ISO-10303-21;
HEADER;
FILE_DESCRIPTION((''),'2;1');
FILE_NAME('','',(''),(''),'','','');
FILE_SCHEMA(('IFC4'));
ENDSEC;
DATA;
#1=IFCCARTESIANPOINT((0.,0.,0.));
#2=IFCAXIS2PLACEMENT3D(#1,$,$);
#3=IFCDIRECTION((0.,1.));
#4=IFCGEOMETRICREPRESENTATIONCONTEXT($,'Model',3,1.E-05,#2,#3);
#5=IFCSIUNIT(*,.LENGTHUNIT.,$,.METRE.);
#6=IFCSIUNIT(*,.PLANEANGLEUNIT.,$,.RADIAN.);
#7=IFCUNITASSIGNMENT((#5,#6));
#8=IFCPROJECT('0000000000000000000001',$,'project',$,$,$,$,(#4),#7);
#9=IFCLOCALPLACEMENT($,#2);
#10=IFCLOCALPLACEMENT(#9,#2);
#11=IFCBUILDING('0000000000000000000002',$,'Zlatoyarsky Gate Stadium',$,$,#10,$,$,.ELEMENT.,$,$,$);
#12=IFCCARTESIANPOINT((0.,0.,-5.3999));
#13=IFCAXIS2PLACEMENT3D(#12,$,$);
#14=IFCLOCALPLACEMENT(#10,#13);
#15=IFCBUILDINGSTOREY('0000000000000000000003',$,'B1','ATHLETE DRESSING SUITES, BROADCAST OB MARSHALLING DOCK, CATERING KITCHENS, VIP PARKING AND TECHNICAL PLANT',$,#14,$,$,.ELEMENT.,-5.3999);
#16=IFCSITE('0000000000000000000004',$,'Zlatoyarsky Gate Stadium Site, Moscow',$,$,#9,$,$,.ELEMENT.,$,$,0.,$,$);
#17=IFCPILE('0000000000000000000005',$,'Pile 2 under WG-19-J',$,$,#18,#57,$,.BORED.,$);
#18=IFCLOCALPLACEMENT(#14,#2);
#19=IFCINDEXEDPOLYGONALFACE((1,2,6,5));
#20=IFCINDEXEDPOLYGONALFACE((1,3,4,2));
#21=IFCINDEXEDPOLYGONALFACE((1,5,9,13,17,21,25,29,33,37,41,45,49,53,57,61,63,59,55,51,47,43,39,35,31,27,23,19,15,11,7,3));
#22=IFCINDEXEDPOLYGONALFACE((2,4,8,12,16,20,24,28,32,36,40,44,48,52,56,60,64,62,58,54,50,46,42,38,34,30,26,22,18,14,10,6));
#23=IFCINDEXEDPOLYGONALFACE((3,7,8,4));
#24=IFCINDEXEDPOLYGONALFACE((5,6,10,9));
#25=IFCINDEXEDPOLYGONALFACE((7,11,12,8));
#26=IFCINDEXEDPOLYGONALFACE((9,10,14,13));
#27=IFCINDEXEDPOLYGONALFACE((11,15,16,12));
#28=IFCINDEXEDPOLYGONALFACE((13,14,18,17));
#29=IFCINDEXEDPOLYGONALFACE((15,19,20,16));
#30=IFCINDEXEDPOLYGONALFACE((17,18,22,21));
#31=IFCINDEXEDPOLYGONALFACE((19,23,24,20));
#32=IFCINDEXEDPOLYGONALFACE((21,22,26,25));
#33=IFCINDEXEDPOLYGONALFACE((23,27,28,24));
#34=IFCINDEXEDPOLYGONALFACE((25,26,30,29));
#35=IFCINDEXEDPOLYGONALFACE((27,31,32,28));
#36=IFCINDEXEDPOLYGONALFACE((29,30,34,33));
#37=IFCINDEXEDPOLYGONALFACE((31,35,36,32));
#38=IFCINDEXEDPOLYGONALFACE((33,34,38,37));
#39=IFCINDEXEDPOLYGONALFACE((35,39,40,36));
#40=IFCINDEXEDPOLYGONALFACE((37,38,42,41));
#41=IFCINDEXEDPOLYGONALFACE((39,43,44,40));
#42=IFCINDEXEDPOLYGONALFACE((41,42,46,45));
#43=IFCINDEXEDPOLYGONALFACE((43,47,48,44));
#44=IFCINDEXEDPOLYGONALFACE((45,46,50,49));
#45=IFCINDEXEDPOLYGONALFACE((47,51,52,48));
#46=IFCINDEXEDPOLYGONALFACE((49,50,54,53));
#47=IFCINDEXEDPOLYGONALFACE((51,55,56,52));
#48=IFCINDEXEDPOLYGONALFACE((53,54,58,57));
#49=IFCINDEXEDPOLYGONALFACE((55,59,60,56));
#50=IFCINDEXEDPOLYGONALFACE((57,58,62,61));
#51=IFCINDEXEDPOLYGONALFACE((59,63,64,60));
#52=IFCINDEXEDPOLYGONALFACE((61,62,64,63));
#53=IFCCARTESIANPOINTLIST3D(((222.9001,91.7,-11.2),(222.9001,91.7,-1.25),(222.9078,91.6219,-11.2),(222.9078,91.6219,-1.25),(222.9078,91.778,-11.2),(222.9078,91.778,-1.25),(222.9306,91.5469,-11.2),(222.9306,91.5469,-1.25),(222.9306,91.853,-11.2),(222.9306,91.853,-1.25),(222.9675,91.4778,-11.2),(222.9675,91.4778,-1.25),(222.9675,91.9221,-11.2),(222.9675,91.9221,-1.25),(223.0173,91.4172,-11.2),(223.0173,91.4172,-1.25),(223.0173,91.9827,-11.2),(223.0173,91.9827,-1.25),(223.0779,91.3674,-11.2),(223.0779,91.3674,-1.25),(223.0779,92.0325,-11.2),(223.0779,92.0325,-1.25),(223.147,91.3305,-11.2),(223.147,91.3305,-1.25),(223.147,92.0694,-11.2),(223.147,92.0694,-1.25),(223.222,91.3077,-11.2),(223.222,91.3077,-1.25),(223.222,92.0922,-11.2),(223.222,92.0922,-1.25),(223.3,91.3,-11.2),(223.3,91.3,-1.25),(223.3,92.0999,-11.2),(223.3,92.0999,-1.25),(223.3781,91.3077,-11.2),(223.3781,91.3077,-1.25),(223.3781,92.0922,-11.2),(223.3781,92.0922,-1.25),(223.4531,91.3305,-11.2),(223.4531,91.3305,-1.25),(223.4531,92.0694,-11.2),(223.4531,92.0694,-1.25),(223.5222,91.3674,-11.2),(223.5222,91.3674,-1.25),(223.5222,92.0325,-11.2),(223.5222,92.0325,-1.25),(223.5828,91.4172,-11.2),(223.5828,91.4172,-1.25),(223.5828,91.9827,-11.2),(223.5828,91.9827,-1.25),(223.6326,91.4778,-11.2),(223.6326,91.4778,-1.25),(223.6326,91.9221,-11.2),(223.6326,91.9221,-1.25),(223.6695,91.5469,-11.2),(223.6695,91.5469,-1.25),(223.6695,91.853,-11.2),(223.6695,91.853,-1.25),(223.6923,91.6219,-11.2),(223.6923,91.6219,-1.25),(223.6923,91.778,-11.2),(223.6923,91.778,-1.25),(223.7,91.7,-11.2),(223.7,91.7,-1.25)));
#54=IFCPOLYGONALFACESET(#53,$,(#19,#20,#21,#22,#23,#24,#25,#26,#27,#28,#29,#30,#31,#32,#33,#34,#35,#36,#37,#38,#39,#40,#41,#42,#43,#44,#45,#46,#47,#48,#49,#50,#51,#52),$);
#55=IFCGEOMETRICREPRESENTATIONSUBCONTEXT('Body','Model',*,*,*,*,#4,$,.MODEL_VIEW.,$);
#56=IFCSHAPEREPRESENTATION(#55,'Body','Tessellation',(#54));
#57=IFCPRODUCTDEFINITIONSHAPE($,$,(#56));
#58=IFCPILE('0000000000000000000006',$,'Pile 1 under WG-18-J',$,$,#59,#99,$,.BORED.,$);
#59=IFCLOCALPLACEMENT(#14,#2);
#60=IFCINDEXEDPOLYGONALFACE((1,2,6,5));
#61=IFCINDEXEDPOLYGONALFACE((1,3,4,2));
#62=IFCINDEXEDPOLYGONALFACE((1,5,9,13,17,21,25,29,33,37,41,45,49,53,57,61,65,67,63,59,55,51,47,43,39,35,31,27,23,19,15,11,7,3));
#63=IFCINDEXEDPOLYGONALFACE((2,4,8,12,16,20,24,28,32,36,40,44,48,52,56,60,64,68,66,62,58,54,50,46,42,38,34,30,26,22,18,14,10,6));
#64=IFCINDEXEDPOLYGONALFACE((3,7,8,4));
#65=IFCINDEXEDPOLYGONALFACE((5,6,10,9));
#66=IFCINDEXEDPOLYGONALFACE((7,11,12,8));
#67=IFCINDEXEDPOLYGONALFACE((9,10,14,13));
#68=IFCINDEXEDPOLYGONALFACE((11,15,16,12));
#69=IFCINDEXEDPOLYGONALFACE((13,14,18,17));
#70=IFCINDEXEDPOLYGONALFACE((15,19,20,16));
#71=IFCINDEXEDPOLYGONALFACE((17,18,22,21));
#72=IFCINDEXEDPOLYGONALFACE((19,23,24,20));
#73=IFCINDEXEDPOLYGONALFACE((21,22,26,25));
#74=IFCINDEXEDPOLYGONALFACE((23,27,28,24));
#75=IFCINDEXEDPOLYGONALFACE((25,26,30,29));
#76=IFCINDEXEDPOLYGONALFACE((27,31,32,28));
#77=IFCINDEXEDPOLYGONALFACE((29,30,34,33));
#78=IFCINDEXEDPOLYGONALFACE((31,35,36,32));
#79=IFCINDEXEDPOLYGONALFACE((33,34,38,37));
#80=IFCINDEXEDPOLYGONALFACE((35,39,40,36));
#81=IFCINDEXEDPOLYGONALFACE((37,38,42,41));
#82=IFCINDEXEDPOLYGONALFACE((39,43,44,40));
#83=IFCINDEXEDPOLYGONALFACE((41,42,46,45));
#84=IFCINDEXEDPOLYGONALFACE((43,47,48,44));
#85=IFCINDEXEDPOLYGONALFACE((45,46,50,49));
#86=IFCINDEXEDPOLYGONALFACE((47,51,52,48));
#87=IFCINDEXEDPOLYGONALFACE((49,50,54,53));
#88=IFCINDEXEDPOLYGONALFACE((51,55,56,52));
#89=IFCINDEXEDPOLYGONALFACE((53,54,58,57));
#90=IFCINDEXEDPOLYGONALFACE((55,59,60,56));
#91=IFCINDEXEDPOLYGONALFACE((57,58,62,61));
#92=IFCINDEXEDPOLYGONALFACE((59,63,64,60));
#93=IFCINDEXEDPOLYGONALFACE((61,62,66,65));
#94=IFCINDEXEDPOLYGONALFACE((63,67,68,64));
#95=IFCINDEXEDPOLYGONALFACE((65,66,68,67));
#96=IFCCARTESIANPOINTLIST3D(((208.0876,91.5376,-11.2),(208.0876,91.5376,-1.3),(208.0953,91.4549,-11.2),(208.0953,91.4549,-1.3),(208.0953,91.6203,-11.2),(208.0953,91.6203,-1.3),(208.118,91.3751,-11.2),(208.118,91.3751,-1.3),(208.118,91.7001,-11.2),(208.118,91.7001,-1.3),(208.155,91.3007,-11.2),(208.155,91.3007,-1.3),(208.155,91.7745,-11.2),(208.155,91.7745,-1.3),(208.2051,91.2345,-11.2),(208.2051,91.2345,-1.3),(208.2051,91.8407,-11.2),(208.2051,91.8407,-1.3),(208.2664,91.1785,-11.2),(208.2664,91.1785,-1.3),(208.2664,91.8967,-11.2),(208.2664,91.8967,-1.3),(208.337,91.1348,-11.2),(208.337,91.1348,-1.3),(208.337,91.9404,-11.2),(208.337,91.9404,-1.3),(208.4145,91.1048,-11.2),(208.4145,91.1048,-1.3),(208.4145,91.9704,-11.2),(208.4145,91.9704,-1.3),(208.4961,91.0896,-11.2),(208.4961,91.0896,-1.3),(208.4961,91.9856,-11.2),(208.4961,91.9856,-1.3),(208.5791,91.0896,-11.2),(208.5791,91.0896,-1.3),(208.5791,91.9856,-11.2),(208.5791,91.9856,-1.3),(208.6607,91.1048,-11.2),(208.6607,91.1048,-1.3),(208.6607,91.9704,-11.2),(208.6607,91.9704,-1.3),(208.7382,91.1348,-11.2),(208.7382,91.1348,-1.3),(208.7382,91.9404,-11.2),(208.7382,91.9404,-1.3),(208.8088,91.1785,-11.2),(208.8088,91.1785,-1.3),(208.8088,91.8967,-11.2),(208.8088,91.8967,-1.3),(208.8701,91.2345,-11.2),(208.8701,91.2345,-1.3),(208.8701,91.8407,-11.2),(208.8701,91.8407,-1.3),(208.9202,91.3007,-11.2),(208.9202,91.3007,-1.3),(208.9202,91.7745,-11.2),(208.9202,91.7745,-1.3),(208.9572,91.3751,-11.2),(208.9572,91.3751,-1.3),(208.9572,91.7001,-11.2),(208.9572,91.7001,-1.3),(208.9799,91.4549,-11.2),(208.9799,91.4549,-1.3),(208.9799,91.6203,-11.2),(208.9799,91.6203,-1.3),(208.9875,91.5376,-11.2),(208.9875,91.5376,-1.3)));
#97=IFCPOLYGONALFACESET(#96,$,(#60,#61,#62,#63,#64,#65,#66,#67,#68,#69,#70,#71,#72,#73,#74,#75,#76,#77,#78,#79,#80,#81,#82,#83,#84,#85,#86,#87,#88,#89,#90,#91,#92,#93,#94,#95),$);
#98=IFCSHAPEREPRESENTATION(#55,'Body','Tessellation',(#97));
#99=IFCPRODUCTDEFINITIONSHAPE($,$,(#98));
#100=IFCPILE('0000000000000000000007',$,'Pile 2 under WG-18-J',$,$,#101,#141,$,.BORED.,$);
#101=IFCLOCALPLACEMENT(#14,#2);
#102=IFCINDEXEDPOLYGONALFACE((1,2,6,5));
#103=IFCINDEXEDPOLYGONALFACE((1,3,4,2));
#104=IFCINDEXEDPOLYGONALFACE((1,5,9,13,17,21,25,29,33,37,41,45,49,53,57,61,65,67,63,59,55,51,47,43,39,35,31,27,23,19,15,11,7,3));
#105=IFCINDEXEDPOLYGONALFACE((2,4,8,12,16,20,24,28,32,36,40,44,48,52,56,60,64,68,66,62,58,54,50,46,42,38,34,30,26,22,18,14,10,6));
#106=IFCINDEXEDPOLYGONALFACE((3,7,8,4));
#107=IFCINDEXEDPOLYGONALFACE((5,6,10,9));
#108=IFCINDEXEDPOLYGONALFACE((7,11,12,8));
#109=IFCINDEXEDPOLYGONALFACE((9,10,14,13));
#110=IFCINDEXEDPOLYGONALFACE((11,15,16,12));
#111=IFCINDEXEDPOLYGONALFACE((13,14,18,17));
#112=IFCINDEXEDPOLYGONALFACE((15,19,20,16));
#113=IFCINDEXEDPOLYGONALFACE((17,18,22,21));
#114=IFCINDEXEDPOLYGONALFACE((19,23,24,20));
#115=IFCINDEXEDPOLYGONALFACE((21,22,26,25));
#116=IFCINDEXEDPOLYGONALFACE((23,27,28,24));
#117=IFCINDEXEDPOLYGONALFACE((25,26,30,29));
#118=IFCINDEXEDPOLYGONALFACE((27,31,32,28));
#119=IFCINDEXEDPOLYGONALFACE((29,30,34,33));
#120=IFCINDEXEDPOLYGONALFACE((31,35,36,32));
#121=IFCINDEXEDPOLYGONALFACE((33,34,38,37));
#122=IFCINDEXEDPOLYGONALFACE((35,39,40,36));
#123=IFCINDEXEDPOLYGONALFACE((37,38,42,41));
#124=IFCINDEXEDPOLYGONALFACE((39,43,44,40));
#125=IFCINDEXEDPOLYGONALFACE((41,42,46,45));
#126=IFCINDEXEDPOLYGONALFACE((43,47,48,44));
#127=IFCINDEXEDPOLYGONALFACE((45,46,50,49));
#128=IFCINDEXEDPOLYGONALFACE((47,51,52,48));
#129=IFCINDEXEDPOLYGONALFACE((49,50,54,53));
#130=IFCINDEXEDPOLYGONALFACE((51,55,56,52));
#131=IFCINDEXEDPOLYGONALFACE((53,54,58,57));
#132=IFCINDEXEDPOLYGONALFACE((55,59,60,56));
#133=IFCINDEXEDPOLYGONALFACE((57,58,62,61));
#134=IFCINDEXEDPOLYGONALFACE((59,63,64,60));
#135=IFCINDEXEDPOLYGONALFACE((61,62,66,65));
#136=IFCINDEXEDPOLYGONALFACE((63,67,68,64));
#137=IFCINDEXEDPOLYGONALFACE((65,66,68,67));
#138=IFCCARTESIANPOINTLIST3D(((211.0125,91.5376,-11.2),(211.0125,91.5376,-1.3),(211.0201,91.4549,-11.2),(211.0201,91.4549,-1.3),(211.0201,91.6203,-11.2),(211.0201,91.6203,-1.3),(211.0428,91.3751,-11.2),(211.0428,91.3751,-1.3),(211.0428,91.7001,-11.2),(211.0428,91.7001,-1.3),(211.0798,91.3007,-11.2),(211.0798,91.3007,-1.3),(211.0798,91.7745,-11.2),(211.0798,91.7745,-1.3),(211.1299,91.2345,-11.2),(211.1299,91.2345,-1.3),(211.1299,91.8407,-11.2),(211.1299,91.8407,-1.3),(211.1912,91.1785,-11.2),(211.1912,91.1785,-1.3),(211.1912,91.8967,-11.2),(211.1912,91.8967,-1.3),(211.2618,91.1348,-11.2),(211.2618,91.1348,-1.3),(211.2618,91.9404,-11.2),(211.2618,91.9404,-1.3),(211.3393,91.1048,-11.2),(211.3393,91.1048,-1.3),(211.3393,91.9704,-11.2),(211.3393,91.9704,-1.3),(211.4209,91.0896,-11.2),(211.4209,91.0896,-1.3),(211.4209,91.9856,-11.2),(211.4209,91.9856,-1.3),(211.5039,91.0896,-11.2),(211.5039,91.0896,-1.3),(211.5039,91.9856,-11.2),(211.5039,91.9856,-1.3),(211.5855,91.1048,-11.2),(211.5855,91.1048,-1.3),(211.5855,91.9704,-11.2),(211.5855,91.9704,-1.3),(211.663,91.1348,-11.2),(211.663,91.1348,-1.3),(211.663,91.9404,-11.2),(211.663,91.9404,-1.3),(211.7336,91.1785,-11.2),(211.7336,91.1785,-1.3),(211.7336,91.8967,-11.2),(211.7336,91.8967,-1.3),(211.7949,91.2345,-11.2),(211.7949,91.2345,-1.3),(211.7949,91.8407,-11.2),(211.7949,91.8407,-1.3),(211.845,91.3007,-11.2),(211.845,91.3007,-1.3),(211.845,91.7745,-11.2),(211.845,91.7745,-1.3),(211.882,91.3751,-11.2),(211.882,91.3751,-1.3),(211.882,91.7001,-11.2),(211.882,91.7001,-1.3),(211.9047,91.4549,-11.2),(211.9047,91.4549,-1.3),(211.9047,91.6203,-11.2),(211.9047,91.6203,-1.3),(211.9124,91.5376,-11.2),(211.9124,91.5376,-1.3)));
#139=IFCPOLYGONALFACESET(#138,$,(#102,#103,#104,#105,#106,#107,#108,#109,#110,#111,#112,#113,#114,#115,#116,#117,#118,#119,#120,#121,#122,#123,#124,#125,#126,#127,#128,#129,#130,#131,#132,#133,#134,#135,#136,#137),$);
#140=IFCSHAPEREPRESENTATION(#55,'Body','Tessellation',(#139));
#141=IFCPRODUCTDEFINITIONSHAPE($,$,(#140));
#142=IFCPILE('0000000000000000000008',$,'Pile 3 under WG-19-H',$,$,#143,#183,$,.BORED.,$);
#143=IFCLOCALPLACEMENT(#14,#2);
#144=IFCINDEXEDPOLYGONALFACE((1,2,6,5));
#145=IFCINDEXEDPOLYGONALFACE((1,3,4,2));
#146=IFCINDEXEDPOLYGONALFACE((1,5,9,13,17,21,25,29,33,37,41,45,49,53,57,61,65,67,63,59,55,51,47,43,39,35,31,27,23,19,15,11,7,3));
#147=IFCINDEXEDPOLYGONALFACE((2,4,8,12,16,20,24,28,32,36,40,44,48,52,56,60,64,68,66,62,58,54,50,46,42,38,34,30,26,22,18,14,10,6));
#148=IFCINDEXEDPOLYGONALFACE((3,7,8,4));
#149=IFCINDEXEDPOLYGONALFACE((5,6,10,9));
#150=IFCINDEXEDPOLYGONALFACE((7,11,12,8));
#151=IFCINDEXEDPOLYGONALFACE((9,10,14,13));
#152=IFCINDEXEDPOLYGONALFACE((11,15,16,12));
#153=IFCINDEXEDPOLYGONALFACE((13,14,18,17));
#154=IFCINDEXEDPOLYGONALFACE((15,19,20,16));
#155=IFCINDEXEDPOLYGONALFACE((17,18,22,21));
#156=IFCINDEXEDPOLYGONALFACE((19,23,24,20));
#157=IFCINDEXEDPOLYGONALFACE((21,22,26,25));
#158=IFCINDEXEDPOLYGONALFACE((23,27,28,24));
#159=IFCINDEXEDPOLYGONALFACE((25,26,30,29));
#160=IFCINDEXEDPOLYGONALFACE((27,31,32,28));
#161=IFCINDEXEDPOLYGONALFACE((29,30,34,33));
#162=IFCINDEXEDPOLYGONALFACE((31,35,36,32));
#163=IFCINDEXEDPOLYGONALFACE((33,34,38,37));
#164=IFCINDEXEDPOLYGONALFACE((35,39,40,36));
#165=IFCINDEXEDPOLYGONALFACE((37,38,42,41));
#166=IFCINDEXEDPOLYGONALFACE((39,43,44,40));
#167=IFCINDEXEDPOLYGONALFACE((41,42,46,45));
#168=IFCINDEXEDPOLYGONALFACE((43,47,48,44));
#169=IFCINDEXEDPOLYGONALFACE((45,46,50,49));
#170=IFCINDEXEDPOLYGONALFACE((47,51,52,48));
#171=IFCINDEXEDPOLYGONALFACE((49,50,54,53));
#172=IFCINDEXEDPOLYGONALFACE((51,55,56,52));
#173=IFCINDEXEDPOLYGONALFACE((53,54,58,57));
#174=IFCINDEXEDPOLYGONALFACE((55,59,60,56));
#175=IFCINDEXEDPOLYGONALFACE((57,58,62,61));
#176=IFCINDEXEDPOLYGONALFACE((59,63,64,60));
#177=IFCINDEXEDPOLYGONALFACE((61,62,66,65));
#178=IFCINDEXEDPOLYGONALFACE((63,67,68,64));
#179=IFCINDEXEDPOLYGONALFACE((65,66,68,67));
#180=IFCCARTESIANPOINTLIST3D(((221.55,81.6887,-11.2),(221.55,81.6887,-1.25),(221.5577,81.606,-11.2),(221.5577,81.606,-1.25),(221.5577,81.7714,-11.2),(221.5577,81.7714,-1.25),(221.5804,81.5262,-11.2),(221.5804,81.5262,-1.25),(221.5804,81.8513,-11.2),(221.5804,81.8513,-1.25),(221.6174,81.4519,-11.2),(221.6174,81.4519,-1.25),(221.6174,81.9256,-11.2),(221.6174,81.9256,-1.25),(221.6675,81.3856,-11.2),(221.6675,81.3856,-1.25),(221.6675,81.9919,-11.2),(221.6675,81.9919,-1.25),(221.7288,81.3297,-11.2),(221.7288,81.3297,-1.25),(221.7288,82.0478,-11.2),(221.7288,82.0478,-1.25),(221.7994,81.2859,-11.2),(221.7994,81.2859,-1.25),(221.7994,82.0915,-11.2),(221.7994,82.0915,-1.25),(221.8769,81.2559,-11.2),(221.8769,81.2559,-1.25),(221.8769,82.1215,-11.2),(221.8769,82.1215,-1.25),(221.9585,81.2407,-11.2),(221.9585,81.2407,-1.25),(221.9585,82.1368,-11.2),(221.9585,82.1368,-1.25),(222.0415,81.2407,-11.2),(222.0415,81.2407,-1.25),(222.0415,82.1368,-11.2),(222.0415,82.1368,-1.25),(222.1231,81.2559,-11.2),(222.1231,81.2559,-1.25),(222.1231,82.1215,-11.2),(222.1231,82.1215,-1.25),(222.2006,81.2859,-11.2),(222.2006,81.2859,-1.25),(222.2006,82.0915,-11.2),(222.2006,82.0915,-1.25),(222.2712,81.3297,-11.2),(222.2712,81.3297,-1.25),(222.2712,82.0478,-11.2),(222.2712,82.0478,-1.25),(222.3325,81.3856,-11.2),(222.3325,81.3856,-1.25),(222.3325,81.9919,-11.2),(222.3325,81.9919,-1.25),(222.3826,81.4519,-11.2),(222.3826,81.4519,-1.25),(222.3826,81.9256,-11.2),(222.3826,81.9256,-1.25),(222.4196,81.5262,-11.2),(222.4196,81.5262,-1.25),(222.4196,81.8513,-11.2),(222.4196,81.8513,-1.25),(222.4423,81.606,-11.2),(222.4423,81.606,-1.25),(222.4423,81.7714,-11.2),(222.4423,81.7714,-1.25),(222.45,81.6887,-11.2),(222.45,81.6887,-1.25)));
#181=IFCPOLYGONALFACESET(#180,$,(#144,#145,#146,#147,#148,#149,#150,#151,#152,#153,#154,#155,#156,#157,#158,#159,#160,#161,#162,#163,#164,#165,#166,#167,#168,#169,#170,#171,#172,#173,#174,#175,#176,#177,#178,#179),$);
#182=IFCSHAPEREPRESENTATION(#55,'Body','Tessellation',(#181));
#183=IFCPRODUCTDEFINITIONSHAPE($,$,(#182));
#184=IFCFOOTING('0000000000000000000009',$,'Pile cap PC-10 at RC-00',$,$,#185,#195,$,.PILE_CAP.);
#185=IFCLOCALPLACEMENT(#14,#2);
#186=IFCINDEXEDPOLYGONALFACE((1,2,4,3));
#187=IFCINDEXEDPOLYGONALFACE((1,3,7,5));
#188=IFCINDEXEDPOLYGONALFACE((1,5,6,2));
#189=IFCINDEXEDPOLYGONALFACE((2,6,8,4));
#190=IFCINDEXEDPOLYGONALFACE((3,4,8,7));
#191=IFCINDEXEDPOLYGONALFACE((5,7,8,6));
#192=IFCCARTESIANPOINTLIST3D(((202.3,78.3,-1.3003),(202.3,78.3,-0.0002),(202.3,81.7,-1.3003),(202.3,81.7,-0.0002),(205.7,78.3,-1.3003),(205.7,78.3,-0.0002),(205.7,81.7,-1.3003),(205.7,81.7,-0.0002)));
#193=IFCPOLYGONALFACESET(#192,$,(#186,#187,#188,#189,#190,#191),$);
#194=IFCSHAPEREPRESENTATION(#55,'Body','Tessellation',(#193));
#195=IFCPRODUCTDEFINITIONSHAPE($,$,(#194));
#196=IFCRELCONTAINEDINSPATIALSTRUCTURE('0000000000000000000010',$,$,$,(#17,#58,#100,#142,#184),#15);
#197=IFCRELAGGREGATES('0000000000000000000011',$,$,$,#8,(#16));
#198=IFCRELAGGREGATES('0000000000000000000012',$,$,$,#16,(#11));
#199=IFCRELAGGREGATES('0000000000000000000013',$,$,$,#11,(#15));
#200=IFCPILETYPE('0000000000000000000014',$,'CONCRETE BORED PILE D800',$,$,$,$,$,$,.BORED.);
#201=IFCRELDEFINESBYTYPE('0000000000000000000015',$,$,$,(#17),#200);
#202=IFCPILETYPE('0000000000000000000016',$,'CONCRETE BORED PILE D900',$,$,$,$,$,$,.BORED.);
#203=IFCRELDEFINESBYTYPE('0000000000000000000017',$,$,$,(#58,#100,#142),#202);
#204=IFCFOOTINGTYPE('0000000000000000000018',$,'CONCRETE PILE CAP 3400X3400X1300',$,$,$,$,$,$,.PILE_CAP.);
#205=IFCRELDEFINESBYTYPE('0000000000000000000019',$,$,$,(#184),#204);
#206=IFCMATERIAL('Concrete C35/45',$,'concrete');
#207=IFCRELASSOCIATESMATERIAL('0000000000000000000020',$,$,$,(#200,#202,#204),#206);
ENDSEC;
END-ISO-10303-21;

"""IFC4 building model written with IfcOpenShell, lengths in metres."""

from ifc_helpers import new_model, si_unit, direction, frame, origin, origin_2d, place, context, subcontext, project, spatial, rectangle, circle, extrude, material, material_profile, profile_set, type_object, element, save


model = new_model("IFC4")

# Units and contexts
model_context = context("Model", 3, precision=1e-05, world=origin(), true_north=direction((0.0, 1.0)))
body_context = subcontext(model_context, "Body", "Model", "MODEL_VIEW")
ifc_project = project(units=[si_unit("LENGTHUNIT", "METRE"), si_unit("PLANEANGLEUNIT", "RADIAN")], contexts=[model_context])

# Site, building, storey
site_placement = place(None, origin())
site = spatial("IfcSite", under=ifc_project, at=site_placement, Name="Zlatoyarsky Gate Stadium Site, Moscow", CompositionType="ELEMENT", RefElevation=0.0)
building_placement = place(site_placement, origin())
building = spatial("IfcBuilding", under=site, at=building_placement, Name="Zlatoyarsky Gate Stadium", CompositionType="ELEMENT")
storey_placement = place(building_placement, frame((0.0, 0.0, -5.3999)))
storey = spatial("IfcBuildingStorey", under=building, at=storey_placement, Name="B1", Description="ATHLETE DRESSING SUITES, BROADCAST OB MARSHALLING DOCK, CATERING KITCHENS, VIP PARKING AND TECHNICAL PLANT", CompositionType="ELEMENT", Elevation=-5.3999)

# Piles
ifc_material_1 = material(Name="Concrete C35/45", Category="concrete")
ifc_material_profile_1 = material_profile(ifc_material_1, circle(Radius=0.3999, at=origin_2d()), Name="BORED PILE D800")
ifc_profile_set_1 = profile_set([ifc_material_profile_1], Name="Concrete C35/45")
pile_type_1 = type_object("IfcPileType", Name="CONCRETE BORED PILE D800", PredefinedType="BORED", material=ifc_profile_set_1)
for number, where, z_axis, x_axis, name in (
    (1, (223.3, 91.7, -1.25), (0.0, 0.0, -1.0), (1.0, 0.0, 0.0), "Pile 2 under WG-19-J"),
):
    element("IfcPile", number, at=place(storey_placement, frame(where, z_axis=z_axis, x_axis=x_axis)), inside=storey, type_object=pile_type_1, Name=name, PredefinedType="BORED", context=body_context, shape_type="SweptSolid", body=[
        extrude(circle(Radius=0.3999, at=origin_2d()), origin(), (0.0, 0.0, 1.0), 9.95),
    ])
ifc_material_profile_2 = material_profile(ifc_material_1, circle(Radius=0.45, at=origin_2d()), Name="BORED PILE D900")
ifc_profile_set_2 = profile_set([ifc_material_profile_2], Name="Concrete C35/45")
pile_type_2 = type_object("IfcPileType", Name="CONCRETE BORED PILE D900", PredefinedType="BORED", material=ifc_profile_set_2)
for number, where, z_axis, x_axis, name in (
    (2, (208.5376, 91.5376, -1.3), (0.0, 0.0, -1.0), (1.0, 0.0, 0.0), "Pile 1 under WG-18-J"),
    (3, (211.4624, 91.5376, -1.3), (0.0, 0.0, -1.0), (1.0, 0.0, 0.0), "Pile 2 under WG-18-J"),
):
    element("IfcPile", number, at=place(storey_placement, frame(where, z_axis=z_axis, x_axis=x_axis)), inside=storey, type_object=pile_type_2, Name=name, PredefinedType="BORED", context=body_context, shape_type="SweptSolid", body=[
        extrude(circle(Radius=0.45, at=origin_2d()), origin(), (0.0, 0.0, 1.0), 9.8999),
    ])
pile_placement = place(storey_placement, frame((222.0, 81.6887, -1.25), z_axis=(0.0, 0.0, -1.0), x_axis=(1.0, 0.0, 0.0)))
element("IfcPile", 4, at=pile_placement, inside=storey, type_object=pile_type_2, Name="Pile 3 under WG-19-H", PredefinedType="BORED", context=body_context, shape_type="SweptSolid", body=[
    extrude(circle(Radius=0.45, at=origin_2d()), origin(), (0.0, 0.0, 1.0), 9.95),
])

# Footing
footing_type_1 = type_object("IfcFootingType", Name="CONCRETE PILE CAP 3400X3400X1300", PredefinedType="PILE_CAP", material=ifc_material_1)
footing_1_placement = place(storey_placement, frame((204.0, 80.0, -1.3003), z_axis=(0.0, 0.0, 1.0), x_axis=(1.0, 0.0, 0.0)))
element("IfcFooting", 5, at=footing_1_placement, inside=storey, type_object=footing_type_1, Name="Pile cap PC-10 at RC-00", PredefinedType="PILE_CAP", context=body_context, shape_type="SweptSolid", body=[
    extrude(rectangle(XDim=3.3999, YDim=3.3999, at=origin_2d()), origin(), (0.0, 0.0, 1.0), 1.3),
])

save(model, "model.ifc")
